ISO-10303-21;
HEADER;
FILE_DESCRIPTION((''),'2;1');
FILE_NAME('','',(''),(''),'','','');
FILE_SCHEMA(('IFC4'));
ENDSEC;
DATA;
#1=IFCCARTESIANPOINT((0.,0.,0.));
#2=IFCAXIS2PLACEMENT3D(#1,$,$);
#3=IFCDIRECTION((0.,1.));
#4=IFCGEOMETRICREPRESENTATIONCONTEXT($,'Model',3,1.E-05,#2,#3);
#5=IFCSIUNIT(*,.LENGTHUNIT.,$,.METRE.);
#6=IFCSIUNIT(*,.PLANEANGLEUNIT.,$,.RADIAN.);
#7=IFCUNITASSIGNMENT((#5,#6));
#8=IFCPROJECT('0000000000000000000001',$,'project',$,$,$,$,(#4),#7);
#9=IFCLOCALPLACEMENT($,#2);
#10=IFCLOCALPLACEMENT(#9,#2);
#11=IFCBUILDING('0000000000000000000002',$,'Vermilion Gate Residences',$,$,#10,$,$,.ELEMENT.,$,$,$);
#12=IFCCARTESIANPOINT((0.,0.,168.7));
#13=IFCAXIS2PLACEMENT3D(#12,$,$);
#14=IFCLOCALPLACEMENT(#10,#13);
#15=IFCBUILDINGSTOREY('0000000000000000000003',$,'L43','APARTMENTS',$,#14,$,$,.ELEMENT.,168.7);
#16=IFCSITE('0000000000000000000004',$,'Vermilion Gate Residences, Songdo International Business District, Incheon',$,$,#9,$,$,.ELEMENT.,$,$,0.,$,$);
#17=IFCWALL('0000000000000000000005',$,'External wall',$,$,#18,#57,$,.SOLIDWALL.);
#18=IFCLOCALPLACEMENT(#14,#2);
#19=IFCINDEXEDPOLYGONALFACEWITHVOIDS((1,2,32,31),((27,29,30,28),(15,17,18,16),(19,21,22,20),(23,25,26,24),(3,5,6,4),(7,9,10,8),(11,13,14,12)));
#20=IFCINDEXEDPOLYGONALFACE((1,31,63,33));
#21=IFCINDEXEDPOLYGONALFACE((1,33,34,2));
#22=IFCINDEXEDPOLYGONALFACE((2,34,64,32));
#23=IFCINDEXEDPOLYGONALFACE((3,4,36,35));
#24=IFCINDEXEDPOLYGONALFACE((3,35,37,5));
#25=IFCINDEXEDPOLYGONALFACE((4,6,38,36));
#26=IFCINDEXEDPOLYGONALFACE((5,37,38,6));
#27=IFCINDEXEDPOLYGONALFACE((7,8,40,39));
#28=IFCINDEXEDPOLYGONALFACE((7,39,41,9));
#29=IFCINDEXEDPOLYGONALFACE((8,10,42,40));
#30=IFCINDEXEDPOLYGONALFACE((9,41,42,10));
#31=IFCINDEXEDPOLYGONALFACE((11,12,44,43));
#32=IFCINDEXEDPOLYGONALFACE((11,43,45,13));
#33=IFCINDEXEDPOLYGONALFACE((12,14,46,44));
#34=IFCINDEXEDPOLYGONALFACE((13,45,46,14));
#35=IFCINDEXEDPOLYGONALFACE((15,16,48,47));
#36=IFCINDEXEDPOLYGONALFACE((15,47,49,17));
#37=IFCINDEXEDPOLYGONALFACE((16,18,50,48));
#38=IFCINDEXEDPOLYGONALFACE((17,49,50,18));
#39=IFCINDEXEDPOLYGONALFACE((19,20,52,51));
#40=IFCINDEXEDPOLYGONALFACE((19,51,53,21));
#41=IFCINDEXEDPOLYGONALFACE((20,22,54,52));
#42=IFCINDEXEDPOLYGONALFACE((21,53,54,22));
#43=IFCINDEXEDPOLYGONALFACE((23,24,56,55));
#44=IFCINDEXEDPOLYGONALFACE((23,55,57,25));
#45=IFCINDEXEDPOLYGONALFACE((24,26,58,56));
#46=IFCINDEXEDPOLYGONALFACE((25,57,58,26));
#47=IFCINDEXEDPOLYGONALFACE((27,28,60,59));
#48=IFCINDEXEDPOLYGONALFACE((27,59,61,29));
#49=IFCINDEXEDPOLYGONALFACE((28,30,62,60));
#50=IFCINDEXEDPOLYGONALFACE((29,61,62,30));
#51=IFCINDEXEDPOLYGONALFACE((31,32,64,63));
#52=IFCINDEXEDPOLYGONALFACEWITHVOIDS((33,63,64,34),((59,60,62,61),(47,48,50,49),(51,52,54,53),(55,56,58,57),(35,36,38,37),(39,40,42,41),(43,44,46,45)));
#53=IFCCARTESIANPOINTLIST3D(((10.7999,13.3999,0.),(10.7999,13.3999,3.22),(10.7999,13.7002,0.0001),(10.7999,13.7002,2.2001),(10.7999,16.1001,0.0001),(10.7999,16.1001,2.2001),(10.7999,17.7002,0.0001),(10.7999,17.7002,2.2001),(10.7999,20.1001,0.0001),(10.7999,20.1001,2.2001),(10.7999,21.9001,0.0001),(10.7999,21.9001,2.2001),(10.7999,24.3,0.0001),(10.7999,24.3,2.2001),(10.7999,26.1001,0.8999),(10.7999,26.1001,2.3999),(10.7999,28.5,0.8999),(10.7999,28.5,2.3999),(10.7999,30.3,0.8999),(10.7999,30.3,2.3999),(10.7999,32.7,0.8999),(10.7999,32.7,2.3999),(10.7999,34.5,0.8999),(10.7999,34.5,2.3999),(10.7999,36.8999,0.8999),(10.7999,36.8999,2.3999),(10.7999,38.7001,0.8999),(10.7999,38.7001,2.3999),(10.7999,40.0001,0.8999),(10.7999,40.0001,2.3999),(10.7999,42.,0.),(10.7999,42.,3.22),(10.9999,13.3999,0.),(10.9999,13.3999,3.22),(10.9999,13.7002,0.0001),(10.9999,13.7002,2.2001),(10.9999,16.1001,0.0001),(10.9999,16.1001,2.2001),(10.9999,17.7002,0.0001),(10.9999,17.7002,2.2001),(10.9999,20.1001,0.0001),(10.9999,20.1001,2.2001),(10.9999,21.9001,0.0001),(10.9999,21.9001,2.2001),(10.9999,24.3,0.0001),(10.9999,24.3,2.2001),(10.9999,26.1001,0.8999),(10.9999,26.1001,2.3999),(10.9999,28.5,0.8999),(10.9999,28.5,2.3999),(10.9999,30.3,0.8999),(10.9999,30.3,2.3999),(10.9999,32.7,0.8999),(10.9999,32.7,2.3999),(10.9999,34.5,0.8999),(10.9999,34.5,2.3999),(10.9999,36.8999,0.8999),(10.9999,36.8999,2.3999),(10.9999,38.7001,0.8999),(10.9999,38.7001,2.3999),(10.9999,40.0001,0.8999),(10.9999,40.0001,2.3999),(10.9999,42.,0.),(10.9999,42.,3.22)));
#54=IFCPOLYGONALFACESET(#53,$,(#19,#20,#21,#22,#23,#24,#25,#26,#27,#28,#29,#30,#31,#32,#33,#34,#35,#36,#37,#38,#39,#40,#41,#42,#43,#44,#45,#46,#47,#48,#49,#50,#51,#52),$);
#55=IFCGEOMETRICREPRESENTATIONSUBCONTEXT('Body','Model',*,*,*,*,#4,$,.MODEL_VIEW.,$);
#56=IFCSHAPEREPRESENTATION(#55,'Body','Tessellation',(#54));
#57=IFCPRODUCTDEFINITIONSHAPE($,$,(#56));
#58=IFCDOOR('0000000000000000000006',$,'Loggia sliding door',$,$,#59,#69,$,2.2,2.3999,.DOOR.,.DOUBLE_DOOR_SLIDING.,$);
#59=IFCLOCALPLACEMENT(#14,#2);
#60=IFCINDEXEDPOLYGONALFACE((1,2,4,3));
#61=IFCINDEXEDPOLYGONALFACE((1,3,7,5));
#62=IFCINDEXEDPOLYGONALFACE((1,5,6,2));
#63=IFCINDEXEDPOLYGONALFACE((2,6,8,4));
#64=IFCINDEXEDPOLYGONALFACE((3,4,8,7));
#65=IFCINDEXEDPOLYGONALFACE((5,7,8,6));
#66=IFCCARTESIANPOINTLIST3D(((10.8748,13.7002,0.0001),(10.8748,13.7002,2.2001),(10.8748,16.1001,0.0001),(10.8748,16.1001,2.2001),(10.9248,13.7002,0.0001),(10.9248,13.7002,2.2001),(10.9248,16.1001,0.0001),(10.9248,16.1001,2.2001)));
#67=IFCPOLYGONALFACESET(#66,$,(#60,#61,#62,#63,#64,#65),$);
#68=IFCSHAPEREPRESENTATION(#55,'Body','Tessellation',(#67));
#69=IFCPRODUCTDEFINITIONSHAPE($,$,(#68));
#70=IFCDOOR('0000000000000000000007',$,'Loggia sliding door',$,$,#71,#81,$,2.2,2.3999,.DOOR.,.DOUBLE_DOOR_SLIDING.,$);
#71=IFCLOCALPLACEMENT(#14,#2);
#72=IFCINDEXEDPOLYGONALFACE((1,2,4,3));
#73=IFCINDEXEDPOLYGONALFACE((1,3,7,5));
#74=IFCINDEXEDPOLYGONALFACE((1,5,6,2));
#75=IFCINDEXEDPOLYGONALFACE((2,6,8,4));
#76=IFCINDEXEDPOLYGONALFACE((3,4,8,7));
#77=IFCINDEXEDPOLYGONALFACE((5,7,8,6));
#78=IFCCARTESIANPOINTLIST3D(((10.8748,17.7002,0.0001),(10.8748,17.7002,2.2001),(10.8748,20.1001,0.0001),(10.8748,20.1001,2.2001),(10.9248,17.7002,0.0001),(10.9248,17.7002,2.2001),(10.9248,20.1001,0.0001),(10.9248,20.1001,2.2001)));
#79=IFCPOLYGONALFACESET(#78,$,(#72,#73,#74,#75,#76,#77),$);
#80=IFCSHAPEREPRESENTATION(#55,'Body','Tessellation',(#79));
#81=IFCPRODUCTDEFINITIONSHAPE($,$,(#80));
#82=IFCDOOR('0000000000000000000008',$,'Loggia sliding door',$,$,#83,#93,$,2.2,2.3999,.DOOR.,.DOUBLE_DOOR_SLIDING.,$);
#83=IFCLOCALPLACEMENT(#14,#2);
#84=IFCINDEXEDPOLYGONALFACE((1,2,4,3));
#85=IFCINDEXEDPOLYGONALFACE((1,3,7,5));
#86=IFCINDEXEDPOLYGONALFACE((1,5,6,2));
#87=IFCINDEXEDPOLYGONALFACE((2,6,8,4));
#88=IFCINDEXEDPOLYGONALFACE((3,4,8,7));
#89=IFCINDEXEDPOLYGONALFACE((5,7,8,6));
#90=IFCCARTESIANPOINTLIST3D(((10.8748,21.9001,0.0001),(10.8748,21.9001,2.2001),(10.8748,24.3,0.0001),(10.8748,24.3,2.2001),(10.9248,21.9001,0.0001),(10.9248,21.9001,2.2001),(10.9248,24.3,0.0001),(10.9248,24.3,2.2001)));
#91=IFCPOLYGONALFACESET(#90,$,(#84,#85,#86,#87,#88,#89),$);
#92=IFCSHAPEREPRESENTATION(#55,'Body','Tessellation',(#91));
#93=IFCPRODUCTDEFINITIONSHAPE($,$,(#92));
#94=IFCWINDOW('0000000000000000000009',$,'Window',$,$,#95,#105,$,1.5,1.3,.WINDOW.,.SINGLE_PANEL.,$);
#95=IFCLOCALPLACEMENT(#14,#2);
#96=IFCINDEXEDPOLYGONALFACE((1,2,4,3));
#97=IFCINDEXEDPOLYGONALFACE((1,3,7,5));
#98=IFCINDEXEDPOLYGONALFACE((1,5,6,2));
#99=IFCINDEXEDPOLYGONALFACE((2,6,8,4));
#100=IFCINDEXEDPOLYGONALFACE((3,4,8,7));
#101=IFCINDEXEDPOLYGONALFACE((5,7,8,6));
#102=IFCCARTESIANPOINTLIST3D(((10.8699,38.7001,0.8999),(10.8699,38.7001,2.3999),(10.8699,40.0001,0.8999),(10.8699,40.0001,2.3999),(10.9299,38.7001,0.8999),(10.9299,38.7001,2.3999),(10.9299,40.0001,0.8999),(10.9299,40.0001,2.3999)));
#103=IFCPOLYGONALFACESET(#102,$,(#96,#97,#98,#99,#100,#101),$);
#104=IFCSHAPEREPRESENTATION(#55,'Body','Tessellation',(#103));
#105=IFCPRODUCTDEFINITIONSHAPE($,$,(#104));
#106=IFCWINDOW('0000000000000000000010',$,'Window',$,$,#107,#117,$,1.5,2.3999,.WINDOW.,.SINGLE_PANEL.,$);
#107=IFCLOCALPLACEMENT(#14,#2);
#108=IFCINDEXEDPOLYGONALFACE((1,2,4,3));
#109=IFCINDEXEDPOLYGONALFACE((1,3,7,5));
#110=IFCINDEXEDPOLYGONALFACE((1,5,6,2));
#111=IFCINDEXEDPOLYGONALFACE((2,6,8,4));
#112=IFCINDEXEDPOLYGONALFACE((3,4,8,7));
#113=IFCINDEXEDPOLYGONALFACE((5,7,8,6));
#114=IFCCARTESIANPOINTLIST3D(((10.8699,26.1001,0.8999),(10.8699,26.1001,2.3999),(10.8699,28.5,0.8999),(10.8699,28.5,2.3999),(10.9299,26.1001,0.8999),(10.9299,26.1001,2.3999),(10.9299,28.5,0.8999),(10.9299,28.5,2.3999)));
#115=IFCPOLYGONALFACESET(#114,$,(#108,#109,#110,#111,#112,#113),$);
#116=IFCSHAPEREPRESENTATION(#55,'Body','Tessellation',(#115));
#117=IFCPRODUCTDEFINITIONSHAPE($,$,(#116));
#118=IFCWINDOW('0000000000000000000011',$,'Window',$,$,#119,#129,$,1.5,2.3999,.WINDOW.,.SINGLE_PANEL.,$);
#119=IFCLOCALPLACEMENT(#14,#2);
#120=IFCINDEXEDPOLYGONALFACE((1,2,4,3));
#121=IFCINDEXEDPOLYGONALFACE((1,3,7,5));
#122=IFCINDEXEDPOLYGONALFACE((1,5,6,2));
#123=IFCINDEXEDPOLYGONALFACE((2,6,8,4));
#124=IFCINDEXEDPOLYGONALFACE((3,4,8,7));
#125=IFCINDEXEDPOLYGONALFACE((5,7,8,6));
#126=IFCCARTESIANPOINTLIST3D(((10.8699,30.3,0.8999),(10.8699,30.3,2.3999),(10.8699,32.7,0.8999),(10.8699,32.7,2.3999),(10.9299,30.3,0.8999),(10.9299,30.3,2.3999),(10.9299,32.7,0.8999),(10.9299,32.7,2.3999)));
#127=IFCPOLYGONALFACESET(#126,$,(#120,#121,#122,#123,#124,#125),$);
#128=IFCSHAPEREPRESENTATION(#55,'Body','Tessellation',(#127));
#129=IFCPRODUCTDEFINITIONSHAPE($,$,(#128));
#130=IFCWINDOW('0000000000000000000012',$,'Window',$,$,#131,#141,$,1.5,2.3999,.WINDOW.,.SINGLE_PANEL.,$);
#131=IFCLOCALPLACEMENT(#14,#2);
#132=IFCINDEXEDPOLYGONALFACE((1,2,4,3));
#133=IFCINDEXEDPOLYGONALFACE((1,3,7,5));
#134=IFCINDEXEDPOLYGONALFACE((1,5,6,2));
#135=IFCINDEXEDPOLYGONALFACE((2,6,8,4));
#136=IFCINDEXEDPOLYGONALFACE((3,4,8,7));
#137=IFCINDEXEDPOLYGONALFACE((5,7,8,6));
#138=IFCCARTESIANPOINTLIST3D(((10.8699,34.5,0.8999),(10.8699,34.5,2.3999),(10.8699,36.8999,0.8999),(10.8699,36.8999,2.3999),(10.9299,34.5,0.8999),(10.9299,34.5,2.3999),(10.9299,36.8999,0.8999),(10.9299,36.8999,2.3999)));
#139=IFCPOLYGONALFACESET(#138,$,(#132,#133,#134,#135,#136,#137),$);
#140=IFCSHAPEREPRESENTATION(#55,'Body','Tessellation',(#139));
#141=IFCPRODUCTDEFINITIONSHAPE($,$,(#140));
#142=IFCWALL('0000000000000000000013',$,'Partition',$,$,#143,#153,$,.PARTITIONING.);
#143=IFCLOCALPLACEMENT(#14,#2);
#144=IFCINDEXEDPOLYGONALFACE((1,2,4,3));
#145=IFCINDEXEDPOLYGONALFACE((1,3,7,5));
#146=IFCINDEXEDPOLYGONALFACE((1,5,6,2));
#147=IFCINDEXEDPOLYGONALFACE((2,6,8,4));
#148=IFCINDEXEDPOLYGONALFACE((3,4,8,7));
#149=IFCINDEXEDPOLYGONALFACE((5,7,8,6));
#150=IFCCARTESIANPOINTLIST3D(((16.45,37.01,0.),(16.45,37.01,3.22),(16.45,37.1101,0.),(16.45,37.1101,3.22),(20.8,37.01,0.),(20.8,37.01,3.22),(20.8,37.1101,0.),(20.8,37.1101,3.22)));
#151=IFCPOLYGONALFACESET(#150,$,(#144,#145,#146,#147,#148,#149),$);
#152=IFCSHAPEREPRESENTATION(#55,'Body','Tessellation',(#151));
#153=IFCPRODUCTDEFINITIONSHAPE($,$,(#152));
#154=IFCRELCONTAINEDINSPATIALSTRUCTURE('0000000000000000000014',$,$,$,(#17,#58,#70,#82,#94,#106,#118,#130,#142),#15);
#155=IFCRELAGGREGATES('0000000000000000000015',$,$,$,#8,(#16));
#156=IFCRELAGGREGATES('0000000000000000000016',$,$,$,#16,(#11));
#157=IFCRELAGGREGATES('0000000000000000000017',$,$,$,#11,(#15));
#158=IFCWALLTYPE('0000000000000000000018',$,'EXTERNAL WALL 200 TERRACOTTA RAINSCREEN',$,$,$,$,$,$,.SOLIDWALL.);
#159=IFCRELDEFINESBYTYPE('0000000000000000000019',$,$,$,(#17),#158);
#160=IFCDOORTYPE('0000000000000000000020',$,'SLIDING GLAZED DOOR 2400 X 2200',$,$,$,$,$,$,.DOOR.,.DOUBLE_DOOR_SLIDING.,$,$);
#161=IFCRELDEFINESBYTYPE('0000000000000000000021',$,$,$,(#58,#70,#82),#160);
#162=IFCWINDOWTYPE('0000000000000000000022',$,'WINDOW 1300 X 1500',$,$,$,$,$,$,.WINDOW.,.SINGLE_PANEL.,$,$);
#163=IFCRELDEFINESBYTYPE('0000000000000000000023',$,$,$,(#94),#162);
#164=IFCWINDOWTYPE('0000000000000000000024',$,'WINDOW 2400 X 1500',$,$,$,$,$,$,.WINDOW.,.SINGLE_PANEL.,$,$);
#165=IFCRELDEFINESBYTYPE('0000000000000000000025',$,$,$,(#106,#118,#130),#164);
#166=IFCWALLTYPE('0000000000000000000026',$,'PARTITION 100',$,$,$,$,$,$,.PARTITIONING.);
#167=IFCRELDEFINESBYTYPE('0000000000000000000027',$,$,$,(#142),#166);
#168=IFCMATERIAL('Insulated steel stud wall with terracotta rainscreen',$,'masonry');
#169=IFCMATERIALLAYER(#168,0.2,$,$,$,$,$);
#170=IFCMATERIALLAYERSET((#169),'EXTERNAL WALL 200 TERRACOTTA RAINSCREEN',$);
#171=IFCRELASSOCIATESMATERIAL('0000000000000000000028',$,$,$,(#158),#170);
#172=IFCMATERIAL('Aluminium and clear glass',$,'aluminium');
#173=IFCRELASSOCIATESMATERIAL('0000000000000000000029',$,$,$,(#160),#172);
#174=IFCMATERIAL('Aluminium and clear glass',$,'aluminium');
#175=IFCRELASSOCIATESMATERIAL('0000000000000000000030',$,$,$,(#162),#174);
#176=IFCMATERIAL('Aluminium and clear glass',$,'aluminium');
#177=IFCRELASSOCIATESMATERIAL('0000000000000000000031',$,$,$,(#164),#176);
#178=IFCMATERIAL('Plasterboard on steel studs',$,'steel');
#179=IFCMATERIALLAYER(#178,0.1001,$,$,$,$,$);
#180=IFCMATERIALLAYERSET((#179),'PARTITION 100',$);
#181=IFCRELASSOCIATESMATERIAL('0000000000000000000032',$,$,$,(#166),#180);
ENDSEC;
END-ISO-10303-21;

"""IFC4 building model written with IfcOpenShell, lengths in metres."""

from ifc_helpers import new_model, si_unit, direction, frame, frame_2d, origin, place, context, subcontext, project, spatial, rectangle, extrude, material, layer, layer_set, type_object, element, fill, save


model = new_model("IFC4")

# Units and contexts
model_context = context("Model", 3, precision=1e-05, world=origin(), true_north=direction((0.0, 1.0)))
body_context = subcontext(model_context, "Body", "Model", "MODEL_VIEW")
ifc_project = project(units=[si_unit("LENGTHUNIT", "METRE"), si_unit("PLANEANGLEUNIT", "RADIAN")], contexts=[model_context])

# Site, building, storey
site_placement = place(None, origin())
site = spatial("IfcSite", under=ifc_project, at=site_placement, Name="Vermilion Gate Residences, Songdo International Business District, Incheon", CompositionType="ELEMENT", RefElevation=0.0)
building_placement = place(site_placement, origin())
building = spatial("IfcBuilding", under=site, at=building_placement, Name="Vermilion Gate Residences", CompositionType="ELEMENT")
storey_placement = place(building_placement, frame((0.0, 0.0, 168.7)))
storey = spatial("IfcBuildingStorey", under=building, at=storey_placement, Name="L43", Description="APARTMENTS", CompositionType="ELEMENT", Elevation=168.7)

# Wall, openings, doors, windows
ifc_material_1 = material(Name="Insulated steel stud wall with terracotta rainscreen", Category="masonry")
ifc_layer_1 = layer(ifc_material_1, 0.2)
ifc_layer_set_1 = layer_set([ifc_layer_1], Name="EXTERNAL WALL 200 TERRACOTTA RAINSCREEN")
wall_type_1 = type_object("IfcWallType", Name="EXTERNAL WALL 200 TERRACOTTA RAINSCREEN", PredefinedType="SOLIDWALL", material=ifc_layer_set_1)
wall_1_placement = place(storey_placement, frame((10.8999, 42.0, 0.0), z_axis=(0.0, 0.0, 1.0), x_axis=(0.0, -1.0, 0.0)))
wall_1 = element("IfcWall", 1, at=wall_1_placement, inside=storey, type_object=wall_type_1, Name="External wall", PredefinedType="SOLIDWALL", context=body_context, shape_type="SweptSolid", body=[
    extrude(rectangle(XDim=28.6001, YDim=0.2, at=frame_2d((14.3, 0.0))), origin(), (0.0, 0.0, 1.0), 3.22),
])
opening_1_placement = place(wall_1_placement, frame((25.8999, 0.0, 0.0)))
opening_1 = element("IfcOpeningElement", 2, at=opening_1_placement, cuts=wall_1, PredefinedType="OPENING", context=body_context, shape_type="SweptSolid", body=[
    extrude(rectangle(XDim=2.3999, YDim=2.2, at=frame_2d((1.2, 1.1001))), frame((0.0, 0.1099, 0.0), z_axis=(0.0, -1.0, 0.0), x_axis=(1.0, 0.0, 0.0)), (0.0, 0.0, 1.0), 0.22),
])
opening_2_placement = place(wall_1_placement, frame((21.8999, 0.0, 0.0)))
opening_2 = element("IfcOpeningElement", 3, at=opening_2_placement, cuts=wall_1, PredefinedType="OPENING", context=body_context, shape_type="SweptSolid", body=[
    extrude(rectangle(XDim=2.3999, YDim=2.2, at=frame_2d((1.2, 1.1001))), frame((0.0, 0.1099, 0.0), z_axis=(0.0, -1.0, 0.0), x_axis=(1.0, 0.0, 0.0)), (0.0, 0.0, 1.0), 0.22),
])
opening_3_placement = place(wall_1_placement, frame((17.7, 0.0, 0.0)))
opening_3 = element("IfcOpeningElement", 4, at=opening_3_placement, cuts=wall_1, PredefinedType="OPENING", context=body_context, shape_type="SweptSolid", body=[
    extrude(rectangle(XDim=2.3999, YDim=2.2, at=frame_2d((1.2, 1.1001))), frame((0.0, 0.1099, 0.0), z_axis=(0.0, -1.0, 0.0), x_axis=(1.0, 0.0, 0.0)), (0.0, 0.0, 1.0), 0.22),
])
opening_4_placement = place(wall_1_placement, frame((13.5, 0.0, 0.8999)))
opening_4 = element("IfcOpeningElement", 5, at=opening_4_placement, cuts=wall_1, PredefinedType="OPENING", context=body_context, shape_type="SweptSolid", body=[
    extrude(rectangle(XDim=2.3999, YDim=1.5, at=frame_2d((1.2, 0.75))), frame((0.0, 0.1099, 0.0), z_axis=(0.0, -1.0, 0.0), x_axis=(1.0, 0.0, 0.0)), (0.0, 0.0, 1.0), 0.22),
])
opening_5_placement = place(wall_1_placement, frame((9.3, 0.0, 0.8999)))
opening_5 = element("IfcOpeningElement", 6, at=opening_5_placement, cuts=wall_1, PredefinedType="OPENING", context=body_context, shape_type="SweptSolid", body=[
    extrude(rectangle(XDim=2.3999, YDim=1.5, at=frame_2d((1.2, 0.75))), frame((0.0, 0.1099, 0.0), z_axis=(0.0, -1.0, 0.0), x_axis=(1.0, 0.0, 0.0)), (0.0, 0.0, 1.0), 0.22),
])
opening_6_placement = place(wall_1_placement, frame((5.1001, 0.0, 0.8999)))
opening_6 = element("IfcOpeningElement", 7, at=opening_6_placement, cuts=wall_1, PredefinedType="OPENING", context=body_context, shape_type="SweptSolid", body=[
    extrude(rectangle(XDim=2.3999, YDim=1.5, at=frame_2d((1.2, 0.75))), frame((0.0, 0.1099, 0.0), z_axis=(0.0, -1.0, 0.0), x_axis=(1.0, 0.0, 0.0)), (0.0, 0.0, 1.0), 0.22),
])
opening_7_placement = place(wall_1_placement, frame((2.0, 0.0, 0.8999)))
opening_7 = element("IfcOpeningElement", 8, at=opening_7_placement, cuts=wall_1, PredefinedType="OPENING", context=body_context, shape_type="SweptSolid", body=[
    extrude(rectangle(XDim=1.3, YDim=1.5, at=frame_2d((0.6499, 0.75))), frame((0.0, 0.1099, 0.0), z_axis=(0.0, -1.0, 0.0), x_axis=(1.0, 0.0, 0.0)), (0.0, 0.0, 1.0), 0.22),
])
ifc_material_2 = material(Name="Aluminium and clear glass", Category="aluminium")
door_type_1 = type_object("IfcDoorType", Name="SLIDING GLAZED DOOR 2400 X 2200", OperationType="DOUBLE_DOOR_SLIDING", PredefinedType="DOOR", material=ifc_material_2)
door_1_placement = place(opening_1_placement, origin())
door_1 = element("IfcDoor", 9, at=door_1_placement, inside=storey, type_object=door_type_1, Name="Loggia sliding door", OperationType="DOUBLE_DOOR_SLIDING", OverallHeight=2.2, OverallWidth=2.3999, PredefinedType="DOOR", context=body_context, shape_type="SweptSolid", body=[
    extrude(rectangle(XDim=2.3999, YDim=2.2, at=frame_2d((1.2, 1.1001))), frame((0.0, 0.0249, 0.0), z_axis=(0.0, -1.0, 0.0), x_axis=(1.0, 0.0, 0.0)), (0.0, 0.0, 1.0), 0.05),
])
fill(opening_1, door_1)
door_2_placement = place(opening_2_placement, origin())
door_2 = element("IfcDoor", 10, at=door_2_placement, inside=storey, type_object=door_type_1, Name="Loggia sliding door", OperationType="DOUBLE_DOOR_SLIDING", OverallHeight=2.2, OverallWidth=2.3999, PredefinedType="DOOR", context=body_context, shape_type="SweptSolid", body=[
    extrude(rectangle(XDim=2.3999, YDim=2.2, at=frame_2d((1.2, 1.1001))), frame((0.0, 0.0249, 0.0), z_axis=(0.0, -1.0, 0.0), x_axis=(1.0, 0.0, 0.0)), (0.0, 0.0, 1.0), 0.05),
])
fill(opening_2, door_2)
door_3_placement = place(opening_3_placement, origin())
door_3 = element("IfcDoor", 11, at=door_3_placement, inside=storey, type_object=door_type_1, Name="Loggia sliding door", OperationType="DOUBLE_DOOR_SLIDING", OverallHeight=2.2, OverallWidth=2.3999, PredefinedType="DOOR", context=body_context, shape_type="SweptSolid", body=[
    extrude(rectangle(XDim=2.3999, YDim=2.2, at=frame_2d((1.2, 1.1001))), frame((0.0, 0.0249, 0.0), z_axis=(0.0, -1.0, 0.0), x_axis=(1.0, 0.0, 0.0)), (0.0, 0.0, 1.0), 0.05),
])
fill(opening_3, door_3)
ifc_material_3 = material(Name="Aluminium and clear glass", Category="aluminium")
window_type_1 = type_object("IfcWindowType", Name="WINDOW 1300 X 1500", PartitioningType="SINGLE_PANEL", PredefinedType="WINDOW", material=ifc_material_3)
window_1_placement = place(opening_7_placement, origin())
window_1 = element("IfcWindow", 12, at=window_1_placement, inside=storey, type_object=window_type_1, Name="Window", OverallHeight=1.5, OverallWidth=1.3, PartitioningType="SINGLE_PANEL", PredefinedType="WINDOW", context=body_context, shape_type="SweptSolid", body=[
    extrude(rectangle(XDim=1.3, YDim=1.5, at=frame_2d((0.6499, 0.75))), frame((0.0, 0.03, 0.0), z_axis=(0.0, -1.0, 0.0), x_axis=(1.0, 0.0, 0.0)), (0.0, 0.0, 1.0), 0.0601),
])
fill(opening_7, window_1)
ifc_material_4 = material(Name="Aluminium and clear glass", Category="aluminium")
window_type_2 = type_object("IfcWindowType", Name="WINDOW 2400 X 1500", PartitioningType="SINGLE_PANEL", PredefinedType="WINDOW", material=ifc_material_4)
window_2_placement = place(opening_4_placement, origin())
window_2 = element("IfcWindow", 13, at=window_2_placement, inside=storey, type_object=window_type_2, Name="Window", OverallHeight=1.5, OverallWidth=2.3999, PartitioningType="SINGLE_PANEL", PredefinedType="WINDOW", context=body_context, shape_type="SweptSolid", body=[
    extrude(rectangle(XDim=2.3999, YDim=1.5, at=frame_2d((1.2, 0.75))), frame((0.0, 0.03, 0.0), z_axis=(0.0, -1.0, 0.0), x_axis=(1.0, 0.0, 0.0)), (0.0, 0.0, 1.0), 0.0601),
])
fill(opening_4, window_2)
window_3_placement = place(opening_5_placement, origin())
window_3 = element("IfcWindow", 14, at=window_3_placement, inside=storey, type_object=window_type_2, Name="Window", OverallHeight=1.5, OverallWidth=2.3999, PartitioningType="SINGLE_PANEL", PredefinedType="WINDOW", context=body_context, shape_type="SweptSolid", body=[
    extrude(rectangle(XDim=2.3999, YDim=1.5, at=frame_2d((1.2, 0.75))), frame((0.0, 0.03, 0.0), z_axis=(0.0, -1.0, 0.0), x_axis=(1.0, 0.0, 0.0)), (0.0, 0.0, 1.0), 0.0601),
])
fill(opening_5, window_3)
window_4_placement = place(opening_6_placement, origin())
window_4 = element("IfcWindow", 15, at=window_4_placement, inside=storey, type_object=window_type_2, Name="Window", OverallHeight=1.5, OverallWidth=2.3999, PartitioningType="SINGLE_PANEL", PredefinedType="WINDOW", context=body_context, shape_type="SweptSolid", body=[
    extrude(rectangle(XDim=2.3999, YDim=1.5, at=frame_2d((1.2, 0.75))), frame((0.0, 0.03, 0.0), z_axis=(0.0, -1.0, 0.0), x_axis=(1.0, 0.0, 0.0)), (0.0, 0.0, 1.0), 0.0601),
])
fill(opening_6, window_4)

# Wall
ifc_material_5 = material(Name="Plasterboard on steel studs", Category="steel")
ifc_layer_2 = layer(ifc_material_5, 0.1001)
ifc_layer_set_2 = layer_set([ifc_layer_2], Name="PARTITION 100")
wall_type_2 = type_object("IfcWallType", Name="PARTITION 100", PredefinedType="PARTITIONING", material=ifc_layer_set_2)
wall_2_placement = place(storey_placement, frame((16.45, 37.0601, 0.0), z_axis=(0.0, 0.0, 1.0), x_axis=(1.0, 0.0, 0.0)))
element("IfcWall", 16, at=wall_2_placement, inside=storey, type_object=wall_type_2, Name="Partition", PredefinedType="PARTITIONING", context=body_context, shape_type="SweptSolid", body=[
    extrude(rectangle(XDim=4.3501, YDim=0.1001, at=frame_2d((2.175, 0.0))), origin(), (0.0, 0.0, 1.0), 3.22),
])

save(model, "model.ifc")
